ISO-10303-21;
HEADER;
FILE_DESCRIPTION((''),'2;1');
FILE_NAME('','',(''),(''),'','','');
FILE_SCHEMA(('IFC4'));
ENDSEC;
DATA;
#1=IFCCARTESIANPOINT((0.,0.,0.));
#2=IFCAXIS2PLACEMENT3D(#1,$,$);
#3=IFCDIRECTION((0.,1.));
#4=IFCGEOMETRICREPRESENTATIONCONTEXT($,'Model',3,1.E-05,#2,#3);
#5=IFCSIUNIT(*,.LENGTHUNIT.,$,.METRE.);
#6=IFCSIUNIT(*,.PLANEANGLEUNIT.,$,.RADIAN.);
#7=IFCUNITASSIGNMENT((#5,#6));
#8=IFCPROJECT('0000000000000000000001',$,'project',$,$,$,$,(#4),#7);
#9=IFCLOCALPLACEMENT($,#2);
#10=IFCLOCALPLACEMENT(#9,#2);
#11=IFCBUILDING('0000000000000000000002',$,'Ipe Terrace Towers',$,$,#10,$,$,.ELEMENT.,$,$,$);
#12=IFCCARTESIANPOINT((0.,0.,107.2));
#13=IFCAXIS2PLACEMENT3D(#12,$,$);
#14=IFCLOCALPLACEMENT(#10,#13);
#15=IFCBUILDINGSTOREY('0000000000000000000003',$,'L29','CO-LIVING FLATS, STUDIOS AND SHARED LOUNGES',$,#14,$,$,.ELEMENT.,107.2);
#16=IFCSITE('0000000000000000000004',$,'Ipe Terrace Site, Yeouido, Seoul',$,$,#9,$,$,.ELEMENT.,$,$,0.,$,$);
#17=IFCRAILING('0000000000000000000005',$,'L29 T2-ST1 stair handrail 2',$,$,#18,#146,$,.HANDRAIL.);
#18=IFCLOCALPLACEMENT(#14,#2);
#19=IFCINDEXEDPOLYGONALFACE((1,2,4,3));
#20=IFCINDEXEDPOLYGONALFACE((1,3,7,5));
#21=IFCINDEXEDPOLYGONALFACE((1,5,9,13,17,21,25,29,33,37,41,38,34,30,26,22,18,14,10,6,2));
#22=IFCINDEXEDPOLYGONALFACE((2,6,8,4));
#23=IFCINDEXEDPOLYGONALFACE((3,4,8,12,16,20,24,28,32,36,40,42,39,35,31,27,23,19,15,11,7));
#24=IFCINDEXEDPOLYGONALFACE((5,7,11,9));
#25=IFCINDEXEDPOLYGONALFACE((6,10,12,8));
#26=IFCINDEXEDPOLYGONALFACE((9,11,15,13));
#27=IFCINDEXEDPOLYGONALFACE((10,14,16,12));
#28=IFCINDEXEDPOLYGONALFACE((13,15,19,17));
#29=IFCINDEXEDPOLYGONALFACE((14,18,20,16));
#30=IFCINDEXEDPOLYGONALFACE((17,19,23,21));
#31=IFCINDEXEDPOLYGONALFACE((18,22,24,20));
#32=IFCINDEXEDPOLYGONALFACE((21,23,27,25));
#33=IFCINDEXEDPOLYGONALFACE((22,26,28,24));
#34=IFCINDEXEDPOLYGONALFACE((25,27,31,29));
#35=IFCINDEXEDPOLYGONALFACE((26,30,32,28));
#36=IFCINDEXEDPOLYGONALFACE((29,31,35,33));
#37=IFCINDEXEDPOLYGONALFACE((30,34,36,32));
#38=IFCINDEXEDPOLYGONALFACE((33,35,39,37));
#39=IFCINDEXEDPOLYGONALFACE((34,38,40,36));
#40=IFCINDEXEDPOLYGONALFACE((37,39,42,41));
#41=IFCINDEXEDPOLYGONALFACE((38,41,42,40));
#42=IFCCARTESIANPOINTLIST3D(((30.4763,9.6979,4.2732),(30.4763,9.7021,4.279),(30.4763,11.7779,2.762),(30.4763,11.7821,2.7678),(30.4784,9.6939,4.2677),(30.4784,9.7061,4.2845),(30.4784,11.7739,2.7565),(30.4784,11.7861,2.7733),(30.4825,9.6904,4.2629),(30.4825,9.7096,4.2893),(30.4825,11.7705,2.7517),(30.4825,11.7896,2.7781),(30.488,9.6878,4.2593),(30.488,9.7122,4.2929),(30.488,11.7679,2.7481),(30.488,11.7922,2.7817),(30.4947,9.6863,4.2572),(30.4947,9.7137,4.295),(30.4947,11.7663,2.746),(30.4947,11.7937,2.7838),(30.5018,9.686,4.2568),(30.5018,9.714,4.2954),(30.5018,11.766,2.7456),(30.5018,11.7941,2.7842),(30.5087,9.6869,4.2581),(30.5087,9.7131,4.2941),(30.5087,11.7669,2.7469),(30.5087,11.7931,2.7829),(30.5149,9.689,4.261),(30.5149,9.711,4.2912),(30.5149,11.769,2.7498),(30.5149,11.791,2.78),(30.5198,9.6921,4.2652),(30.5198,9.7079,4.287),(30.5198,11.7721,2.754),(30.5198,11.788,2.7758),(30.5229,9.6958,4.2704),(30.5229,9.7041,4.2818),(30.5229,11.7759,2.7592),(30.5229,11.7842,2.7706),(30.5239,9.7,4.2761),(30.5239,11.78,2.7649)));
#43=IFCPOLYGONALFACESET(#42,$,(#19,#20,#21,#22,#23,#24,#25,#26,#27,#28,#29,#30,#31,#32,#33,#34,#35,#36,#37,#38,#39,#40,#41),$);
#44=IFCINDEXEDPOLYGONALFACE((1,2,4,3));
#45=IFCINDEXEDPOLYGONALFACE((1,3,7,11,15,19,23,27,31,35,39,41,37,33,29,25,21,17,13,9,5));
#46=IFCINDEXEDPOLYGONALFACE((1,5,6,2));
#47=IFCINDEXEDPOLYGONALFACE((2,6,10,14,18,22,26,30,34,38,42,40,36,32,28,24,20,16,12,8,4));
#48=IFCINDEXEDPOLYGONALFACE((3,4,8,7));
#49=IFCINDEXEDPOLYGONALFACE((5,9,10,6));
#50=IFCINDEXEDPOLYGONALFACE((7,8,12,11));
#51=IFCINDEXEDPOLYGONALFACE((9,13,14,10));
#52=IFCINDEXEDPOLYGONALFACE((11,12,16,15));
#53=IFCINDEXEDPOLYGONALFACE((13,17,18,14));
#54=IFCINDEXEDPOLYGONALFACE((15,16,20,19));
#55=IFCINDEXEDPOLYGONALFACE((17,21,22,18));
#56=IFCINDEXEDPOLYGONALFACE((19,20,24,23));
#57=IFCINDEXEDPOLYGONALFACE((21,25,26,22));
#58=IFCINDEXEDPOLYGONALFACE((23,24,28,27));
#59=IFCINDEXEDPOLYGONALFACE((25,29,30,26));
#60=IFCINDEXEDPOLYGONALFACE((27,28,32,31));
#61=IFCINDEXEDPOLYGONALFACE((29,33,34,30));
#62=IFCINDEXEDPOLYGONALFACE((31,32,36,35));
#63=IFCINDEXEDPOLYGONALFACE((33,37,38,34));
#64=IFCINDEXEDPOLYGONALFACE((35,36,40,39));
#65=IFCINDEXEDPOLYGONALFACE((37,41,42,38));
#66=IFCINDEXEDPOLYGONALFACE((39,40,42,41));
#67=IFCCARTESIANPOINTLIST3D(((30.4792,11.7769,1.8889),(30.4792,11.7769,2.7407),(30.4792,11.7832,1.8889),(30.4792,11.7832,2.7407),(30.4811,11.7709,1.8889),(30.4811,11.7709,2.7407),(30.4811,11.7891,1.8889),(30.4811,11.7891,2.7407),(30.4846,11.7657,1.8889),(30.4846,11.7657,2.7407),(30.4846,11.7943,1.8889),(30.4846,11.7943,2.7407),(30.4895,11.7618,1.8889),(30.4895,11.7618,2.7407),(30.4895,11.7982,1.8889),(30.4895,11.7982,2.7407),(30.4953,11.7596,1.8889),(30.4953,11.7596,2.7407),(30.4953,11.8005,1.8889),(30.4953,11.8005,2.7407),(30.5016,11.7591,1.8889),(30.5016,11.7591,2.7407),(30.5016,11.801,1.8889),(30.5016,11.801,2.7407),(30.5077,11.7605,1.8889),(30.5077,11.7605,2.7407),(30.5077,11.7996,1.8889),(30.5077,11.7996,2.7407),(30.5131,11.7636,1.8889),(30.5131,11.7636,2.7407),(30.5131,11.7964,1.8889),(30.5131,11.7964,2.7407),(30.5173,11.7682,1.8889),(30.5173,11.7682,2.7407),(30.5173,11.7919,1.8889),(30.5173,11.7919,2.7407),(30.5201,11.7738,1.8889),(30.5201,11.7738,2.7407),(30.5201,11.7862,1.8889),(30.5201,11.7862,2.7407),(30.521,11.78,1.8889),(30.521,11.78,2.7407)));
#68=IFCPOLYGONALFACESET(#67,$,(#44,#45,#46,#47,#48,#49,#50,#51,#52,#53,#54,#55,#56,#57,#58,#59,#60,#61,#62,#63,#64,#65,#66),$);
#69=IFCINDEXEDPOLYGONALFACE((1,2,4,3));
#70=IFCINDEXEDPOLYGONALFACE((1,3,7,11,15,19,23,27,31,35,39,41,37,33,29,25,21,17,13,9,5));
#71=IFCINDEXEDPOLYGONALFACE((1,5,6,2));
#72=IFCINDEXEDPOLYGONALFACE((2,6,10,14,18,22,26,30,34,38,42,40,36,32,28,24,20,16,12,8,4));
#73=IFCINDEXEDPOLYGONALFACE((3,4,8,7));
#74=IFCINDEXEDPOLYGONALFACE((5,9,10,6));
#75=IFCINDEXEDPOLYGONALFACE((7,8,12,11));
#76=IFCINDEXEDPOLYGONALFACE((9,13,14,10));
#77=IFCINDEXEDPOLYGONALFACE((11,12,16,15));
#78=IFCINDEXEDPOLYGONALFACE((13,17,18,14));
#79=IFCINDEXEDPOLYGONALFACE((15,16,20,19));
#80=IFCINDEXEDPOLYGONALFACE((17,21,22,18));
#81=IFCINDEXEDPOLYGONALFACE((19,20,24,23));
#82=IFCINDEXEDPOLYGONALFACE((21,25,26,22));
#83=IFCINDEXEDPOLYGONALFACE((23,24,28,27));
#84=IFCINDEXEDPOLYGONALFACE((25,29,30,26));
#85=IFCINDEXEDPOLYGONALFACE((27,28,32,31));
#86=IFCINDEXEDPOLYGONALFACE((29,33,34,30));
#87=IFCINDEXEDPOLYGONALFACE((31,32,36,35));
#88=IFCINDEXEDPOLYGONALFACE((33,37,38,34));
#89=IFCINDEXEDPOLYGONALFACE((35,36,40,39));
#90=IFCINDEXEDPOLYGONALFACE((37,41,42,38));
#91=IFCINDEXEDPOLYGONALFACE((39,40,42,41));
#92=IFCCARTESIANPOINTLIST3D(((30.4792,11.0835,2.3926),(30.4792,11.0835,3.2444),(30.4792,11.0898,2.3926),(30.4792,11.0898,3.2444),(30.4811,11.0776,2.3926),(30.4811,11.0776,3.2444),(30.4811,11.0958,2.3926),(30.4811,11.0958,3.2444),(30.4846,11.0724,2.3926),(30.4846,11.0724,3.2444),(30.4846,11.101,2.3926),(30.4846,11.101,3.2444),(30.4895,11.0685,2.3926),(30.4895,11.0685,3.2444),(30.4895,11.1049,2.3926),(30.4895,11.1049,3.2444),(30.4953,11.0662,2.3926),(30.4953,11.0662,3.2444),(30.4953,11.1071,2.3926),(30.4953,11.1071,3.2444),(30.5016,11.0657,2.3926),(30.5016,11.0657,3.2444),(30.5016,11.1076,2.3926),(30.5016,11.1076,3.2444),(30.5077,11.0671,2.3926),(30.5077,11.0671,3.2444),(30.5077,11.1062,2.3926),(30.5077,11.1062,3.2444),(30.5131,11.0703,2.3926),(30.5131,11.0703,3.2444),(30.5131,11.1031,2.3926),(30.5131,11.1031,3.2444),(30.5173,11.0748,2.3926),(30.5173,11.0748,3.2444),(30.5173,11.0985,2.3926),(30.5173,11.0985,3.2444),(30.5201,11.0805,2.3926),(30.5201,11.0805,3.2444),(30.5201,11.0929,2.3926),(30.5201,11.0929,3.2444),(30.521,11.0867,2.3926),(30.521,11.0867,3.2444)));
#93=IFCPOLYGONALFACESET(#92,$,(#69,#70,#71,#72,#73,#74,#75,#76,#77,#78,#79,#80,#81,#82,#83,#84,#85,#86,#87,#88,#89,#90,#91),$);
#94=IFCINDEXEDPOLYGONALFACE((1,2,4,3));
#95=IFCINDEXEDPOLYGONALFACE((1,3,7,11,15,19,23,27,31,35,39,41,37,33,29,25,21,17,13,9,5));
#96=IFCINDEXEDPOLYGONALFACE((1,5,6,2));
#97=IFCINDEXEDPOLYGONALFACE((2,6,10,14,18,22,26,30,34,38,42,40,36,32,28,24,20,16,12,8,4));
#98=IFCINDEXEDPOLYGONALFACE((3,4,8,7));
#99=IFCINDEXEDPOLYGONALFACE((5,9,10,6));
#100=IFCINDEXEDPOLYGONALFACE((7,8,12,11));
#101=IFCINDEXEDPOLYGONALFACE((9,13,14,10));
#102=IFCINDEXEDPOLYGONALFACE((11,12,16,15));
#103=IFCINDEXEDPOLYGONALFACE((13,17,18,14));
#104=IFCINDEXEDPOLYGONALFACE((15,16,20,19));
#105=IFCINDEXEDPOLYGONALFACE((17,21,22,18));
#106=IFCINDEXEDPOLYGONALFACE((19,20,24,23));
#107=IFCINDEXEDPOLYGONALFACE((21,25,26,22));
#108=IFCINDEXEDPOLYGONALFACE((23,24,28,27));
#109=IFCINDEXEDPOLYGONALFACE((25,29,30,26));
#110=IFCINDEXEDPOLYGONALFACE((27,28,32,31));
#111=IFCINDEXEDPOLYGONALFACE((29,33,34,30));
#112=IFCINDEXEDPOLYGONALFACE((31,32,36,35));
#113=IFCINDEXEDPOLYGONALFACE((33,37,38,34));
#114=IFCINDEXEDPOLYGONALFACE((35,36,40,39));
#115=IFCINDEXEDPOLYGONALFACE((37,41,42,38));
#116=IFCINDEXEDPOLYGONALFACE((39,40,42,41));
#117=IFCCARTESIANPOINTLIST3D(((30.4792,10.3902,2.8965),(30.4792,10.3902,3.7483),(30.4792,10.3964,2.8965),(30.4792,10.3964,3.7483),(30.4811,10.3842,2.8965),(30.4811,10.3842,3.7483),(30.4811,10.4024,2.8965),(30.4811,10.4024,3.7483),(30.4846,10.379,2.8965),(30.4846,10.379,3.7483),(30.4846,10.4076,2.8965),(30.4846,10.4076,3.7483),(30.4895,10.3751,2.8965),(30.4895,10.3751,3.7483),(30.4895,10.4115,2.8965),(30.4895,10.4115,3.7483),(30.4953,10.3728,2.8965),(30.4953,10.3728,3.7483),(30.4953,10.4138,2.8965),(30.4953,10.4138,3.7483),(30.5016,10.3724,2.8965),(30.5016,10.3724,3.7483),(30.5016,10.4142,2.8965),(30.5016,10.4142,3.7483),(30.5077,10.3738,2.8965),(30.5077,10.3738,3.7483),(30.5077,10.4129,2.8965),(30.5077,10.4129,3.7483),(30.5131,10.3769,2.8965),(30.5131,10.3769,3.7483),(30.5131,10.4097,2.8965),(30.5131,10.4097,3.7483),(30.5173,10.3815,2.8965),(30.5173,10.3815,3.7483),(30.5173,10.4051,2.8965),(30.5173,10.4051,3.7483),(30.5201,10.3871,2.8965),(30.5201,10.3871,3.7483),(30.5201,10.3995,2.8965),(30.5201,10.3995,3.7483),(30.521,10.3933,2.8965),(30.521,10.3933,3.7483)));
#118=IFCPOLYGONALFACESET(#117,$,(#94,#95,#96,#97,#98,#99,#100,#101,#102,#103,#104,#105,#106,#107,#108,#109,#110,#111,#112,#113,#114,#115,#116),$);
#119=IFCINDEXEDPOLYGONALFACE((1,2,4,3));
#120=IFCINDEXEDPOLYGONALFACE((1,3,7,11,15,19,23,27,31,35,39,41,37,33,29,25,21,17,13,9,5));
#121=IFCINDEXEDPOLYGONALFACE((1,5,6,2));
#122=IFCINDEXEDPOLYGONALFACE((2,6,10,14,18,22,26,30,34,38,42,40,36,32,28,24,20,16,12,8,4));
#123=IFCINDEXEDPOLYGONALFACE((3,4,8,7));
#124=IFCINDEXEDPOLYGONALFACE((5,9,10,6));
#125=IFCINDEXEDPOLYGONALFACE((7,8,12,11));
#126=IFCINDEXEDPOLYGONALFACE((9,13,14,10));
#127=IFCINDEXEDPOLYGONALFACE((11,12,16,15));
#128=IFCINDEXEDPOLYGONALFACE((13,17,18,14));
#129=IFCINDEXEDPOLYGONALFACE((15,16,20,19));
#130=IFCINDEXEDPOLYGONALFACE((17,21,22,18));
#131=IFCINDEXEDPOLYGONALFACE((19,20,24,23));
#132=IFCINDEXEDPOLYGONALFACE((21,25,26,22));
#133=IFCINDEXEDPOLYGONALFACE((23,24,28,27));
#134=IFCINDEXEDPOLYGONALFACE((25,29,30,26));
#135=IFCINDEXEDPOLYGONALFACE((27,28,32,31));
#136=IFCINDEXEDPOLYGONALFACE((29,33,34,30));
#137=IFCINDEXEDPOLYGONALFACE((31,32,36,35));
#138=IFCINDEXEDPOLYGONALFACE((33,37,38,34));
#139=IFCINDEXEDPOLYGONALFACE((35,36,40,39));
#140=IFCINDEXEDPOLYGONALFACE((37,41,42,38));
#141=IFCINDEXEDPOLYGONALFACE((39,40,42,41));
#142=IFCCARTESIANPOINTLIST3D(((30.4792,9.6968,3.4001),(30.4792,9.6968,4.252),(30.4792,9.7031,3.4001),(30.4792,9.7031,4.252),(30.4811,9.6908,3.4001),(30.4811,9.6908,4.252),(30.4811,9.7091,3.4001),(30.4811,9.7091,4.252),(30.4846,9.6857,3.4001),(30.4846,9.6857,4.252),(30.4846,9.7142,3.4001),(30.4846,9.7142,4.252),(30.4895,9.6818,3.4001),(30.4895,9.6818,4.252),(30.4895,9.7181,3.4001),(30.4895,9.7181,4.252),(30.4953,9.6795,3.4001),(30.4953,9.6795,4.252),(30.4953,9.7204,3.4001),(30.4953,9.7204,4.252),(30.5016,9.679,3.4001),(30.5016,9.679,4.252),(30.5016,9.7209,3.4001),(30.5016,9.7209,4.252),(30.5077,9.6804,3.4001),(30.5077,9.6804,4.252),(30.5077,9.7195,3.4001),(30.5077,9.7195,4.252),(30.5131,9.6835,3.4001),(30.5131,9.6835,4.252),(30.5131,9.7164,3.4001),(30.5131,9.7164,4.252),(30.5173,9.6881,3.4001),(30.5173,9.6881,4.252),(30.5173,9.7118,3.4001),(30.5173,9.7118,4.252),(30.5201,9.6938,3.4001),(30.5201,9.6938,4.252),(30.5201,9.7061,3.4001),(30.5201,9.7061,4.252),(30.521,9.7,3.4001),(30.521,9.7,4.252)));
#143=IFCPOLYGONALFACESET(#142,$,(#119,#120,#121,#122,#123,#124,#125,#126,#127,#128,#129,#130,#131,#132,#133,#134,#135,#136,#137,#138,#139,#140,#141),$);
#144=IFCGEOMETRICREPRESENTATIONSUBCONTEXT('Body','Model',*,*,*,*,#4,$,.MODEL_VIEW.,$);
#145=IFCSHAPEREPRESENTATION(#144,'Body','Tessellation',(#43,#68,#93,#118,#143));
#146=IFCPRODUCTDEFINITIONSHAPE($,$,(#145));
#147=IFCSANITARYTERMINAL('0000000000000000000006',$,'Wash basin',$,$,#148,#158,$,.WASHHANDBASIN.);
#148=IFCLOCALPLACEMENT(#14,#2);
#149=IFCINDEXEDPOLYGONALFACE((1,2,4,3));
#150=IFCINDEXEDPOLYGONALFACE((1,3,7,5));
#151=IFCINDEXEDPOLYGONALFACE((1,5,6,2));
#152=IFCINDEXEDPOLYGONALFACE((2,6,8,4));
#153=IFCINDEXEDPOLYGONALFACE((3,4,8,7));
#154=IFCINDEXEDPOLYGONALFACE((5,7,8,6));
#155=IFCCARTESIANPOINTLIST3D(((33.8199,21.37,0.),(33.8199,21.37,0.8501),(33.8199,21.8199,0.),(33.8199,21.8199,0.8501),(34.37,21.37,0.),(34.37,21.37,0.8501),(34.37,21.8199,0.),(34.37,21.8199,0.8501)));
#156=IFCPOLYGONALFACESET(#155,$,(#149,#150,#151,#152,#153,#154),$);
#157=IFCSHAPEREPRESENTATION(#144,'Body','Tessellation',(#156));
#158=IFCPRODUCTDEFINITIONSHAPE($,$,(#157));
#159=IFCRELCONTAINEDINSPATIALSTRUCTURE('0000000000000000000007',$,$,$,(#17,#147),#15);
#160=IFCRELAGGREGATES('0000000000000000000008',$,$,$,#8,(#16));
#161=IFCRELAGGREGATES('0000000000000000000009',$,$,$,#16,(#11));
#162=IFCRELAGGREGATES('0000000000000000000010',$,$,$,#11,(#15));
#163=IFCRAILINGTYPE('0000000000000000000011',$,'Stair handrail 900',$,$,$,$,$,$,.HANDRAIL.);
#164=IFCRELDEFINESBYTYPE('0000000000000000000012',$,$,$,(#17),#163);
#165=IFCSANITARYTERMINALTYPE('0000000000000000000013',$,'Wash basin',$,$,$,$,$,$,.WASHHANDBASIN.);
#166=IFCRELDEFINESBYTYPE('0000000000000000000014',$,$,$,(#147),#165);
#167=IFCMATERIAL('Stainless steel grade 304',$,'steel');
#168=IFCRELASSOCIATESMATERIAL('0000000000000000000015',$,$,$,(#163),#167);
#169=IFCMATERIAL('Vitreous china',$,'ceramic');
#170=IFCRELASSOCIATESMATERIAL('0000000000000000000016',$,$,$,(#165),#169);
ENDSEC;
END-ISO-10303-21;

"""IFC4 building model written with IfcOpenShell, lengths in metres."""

from ifc_helpers import new_model, si_unit, direction, frame, origin, origin_2d, place, context, subcontext, project, spatial, rectangle, circle, extrude, material, type_object, element, save


model = new_model("IFC4")

# Units and contexts
model_context = context("Model", 3, precision=1e-05, world=origin(), true_north=direction((0.0, 1.0)))
body_context = subcontext(model_context, "Body", "Model", "MODEL_VIEW")
ifc_project = project(units=[si_unit("LENGTHUNIT", "METRE"), si_unit("PLANEANGLEUNIT", "RADIAN")], contexts=[model_context])

# Site, building, storey
site_placement = place(None, origin())
site = spatial("IfcSite", under=ifc_project, at=site_placement, Name="Ipe Terrace Site, Yeouido, Seoul", CompositionType="ELEMENT", RefElevation=0.0)
building_placement = place(site_placement, origin())
building = spatial("IfcBuilding", under=site, at=building_placement, Name="Ipe Terrace Towers", CompositionType="ELEMENT")
storey_placement = place(building_placement, frame((0.0, 0.0, 107.2)))
storey = spatial("IfcBuildingStorey", under=building, at=storey_placement, Name="L29", Description="CO-LIVING FLATS, STUDIOS AND SHARED LOUNGES", CompositionType="ELEMENT", Elevation=107.2)

# Railing
ifc_material_1 = material(Name="Stainless steel grade 304", Category="steel")
railing_type_1 = type_object("IfcRailingType", Name="Stair handrail 900", PredefinedType="HANDRAIL", material=ifc_material_1)
railing_1_placement = place(storey_placement, frame((30.5, 11.78, 1.8889)))
element("IfcRailing", 1, at=railing_1_placement, inside=storey, type_object=railing_type_1, Name="L29 T2-ST1 stair handrail 2", PredefinedType="HANDRAIL", context=body_context, shape_type="SweptSolid", body=[
    extrude(circle(Radius=0.0239, at=origin_2d()), frame((0.0, 0.0, 0.876), z_axis=(0.0, -0.809023, 0.587776), x_axis=(1.0, 0.0, 0.0)), (0.0, 0.0, 1.0), 2.571),
    extrude(circle(Radius=0.021, at=origin_2d()), origin(), (0.0, 0.0, 1.0), 0.8518),
    extrude(circle(Radius=0.021, at=origin_2d()), frame((0.0, -0.6934, 0.5037)), (0.0, 0.0, 1.0), 0.8518),
    extrude(circle(Radius=0.021, at=origin_2d()), frame((0.0, -1.3867, 1.0076)), (0.0, 0.0, 1.0), 0.8518),
    extrude(circle(Radius=0.021, at=origin_2d()), frame((0.0, -2.0801, 1.5112)), (0.0, 0.0, 1.0), 0.8518),
])

# Sanitary terminal
ifc_material_2 = material(Name="Vitreous china", Category="ceramic")
sanitary_terminal_type = type_object("IfcSanitaryTerminalType", Name="Wash basin", PredefinedType="WASHHANDBASIN", material=ifc_material_2)
sanitary_terminal_placement = place(storey_placement, frame((34.095, 21.595, 0.0), z_axis=(0.0, 0.0, 1.0), x_axis=(1.0, 0.0, 0.0)))
element("IfcSanitaryTerminal", 2, at=sanitary_terminal_placement, inside=storey, type_object=sanitary_terminal_type, Name="Wash basin", PredefinedType="WASHHANDBASIN", context=body_context, shape_type="SweptSolid", body=[
    extrude(rectangle(XDim=0.55, YDim=0.45, at=origin_2d()), origin(), (0.0, 0.0, 1.0), 0.8501),
])

save(model, "model.ifc")
